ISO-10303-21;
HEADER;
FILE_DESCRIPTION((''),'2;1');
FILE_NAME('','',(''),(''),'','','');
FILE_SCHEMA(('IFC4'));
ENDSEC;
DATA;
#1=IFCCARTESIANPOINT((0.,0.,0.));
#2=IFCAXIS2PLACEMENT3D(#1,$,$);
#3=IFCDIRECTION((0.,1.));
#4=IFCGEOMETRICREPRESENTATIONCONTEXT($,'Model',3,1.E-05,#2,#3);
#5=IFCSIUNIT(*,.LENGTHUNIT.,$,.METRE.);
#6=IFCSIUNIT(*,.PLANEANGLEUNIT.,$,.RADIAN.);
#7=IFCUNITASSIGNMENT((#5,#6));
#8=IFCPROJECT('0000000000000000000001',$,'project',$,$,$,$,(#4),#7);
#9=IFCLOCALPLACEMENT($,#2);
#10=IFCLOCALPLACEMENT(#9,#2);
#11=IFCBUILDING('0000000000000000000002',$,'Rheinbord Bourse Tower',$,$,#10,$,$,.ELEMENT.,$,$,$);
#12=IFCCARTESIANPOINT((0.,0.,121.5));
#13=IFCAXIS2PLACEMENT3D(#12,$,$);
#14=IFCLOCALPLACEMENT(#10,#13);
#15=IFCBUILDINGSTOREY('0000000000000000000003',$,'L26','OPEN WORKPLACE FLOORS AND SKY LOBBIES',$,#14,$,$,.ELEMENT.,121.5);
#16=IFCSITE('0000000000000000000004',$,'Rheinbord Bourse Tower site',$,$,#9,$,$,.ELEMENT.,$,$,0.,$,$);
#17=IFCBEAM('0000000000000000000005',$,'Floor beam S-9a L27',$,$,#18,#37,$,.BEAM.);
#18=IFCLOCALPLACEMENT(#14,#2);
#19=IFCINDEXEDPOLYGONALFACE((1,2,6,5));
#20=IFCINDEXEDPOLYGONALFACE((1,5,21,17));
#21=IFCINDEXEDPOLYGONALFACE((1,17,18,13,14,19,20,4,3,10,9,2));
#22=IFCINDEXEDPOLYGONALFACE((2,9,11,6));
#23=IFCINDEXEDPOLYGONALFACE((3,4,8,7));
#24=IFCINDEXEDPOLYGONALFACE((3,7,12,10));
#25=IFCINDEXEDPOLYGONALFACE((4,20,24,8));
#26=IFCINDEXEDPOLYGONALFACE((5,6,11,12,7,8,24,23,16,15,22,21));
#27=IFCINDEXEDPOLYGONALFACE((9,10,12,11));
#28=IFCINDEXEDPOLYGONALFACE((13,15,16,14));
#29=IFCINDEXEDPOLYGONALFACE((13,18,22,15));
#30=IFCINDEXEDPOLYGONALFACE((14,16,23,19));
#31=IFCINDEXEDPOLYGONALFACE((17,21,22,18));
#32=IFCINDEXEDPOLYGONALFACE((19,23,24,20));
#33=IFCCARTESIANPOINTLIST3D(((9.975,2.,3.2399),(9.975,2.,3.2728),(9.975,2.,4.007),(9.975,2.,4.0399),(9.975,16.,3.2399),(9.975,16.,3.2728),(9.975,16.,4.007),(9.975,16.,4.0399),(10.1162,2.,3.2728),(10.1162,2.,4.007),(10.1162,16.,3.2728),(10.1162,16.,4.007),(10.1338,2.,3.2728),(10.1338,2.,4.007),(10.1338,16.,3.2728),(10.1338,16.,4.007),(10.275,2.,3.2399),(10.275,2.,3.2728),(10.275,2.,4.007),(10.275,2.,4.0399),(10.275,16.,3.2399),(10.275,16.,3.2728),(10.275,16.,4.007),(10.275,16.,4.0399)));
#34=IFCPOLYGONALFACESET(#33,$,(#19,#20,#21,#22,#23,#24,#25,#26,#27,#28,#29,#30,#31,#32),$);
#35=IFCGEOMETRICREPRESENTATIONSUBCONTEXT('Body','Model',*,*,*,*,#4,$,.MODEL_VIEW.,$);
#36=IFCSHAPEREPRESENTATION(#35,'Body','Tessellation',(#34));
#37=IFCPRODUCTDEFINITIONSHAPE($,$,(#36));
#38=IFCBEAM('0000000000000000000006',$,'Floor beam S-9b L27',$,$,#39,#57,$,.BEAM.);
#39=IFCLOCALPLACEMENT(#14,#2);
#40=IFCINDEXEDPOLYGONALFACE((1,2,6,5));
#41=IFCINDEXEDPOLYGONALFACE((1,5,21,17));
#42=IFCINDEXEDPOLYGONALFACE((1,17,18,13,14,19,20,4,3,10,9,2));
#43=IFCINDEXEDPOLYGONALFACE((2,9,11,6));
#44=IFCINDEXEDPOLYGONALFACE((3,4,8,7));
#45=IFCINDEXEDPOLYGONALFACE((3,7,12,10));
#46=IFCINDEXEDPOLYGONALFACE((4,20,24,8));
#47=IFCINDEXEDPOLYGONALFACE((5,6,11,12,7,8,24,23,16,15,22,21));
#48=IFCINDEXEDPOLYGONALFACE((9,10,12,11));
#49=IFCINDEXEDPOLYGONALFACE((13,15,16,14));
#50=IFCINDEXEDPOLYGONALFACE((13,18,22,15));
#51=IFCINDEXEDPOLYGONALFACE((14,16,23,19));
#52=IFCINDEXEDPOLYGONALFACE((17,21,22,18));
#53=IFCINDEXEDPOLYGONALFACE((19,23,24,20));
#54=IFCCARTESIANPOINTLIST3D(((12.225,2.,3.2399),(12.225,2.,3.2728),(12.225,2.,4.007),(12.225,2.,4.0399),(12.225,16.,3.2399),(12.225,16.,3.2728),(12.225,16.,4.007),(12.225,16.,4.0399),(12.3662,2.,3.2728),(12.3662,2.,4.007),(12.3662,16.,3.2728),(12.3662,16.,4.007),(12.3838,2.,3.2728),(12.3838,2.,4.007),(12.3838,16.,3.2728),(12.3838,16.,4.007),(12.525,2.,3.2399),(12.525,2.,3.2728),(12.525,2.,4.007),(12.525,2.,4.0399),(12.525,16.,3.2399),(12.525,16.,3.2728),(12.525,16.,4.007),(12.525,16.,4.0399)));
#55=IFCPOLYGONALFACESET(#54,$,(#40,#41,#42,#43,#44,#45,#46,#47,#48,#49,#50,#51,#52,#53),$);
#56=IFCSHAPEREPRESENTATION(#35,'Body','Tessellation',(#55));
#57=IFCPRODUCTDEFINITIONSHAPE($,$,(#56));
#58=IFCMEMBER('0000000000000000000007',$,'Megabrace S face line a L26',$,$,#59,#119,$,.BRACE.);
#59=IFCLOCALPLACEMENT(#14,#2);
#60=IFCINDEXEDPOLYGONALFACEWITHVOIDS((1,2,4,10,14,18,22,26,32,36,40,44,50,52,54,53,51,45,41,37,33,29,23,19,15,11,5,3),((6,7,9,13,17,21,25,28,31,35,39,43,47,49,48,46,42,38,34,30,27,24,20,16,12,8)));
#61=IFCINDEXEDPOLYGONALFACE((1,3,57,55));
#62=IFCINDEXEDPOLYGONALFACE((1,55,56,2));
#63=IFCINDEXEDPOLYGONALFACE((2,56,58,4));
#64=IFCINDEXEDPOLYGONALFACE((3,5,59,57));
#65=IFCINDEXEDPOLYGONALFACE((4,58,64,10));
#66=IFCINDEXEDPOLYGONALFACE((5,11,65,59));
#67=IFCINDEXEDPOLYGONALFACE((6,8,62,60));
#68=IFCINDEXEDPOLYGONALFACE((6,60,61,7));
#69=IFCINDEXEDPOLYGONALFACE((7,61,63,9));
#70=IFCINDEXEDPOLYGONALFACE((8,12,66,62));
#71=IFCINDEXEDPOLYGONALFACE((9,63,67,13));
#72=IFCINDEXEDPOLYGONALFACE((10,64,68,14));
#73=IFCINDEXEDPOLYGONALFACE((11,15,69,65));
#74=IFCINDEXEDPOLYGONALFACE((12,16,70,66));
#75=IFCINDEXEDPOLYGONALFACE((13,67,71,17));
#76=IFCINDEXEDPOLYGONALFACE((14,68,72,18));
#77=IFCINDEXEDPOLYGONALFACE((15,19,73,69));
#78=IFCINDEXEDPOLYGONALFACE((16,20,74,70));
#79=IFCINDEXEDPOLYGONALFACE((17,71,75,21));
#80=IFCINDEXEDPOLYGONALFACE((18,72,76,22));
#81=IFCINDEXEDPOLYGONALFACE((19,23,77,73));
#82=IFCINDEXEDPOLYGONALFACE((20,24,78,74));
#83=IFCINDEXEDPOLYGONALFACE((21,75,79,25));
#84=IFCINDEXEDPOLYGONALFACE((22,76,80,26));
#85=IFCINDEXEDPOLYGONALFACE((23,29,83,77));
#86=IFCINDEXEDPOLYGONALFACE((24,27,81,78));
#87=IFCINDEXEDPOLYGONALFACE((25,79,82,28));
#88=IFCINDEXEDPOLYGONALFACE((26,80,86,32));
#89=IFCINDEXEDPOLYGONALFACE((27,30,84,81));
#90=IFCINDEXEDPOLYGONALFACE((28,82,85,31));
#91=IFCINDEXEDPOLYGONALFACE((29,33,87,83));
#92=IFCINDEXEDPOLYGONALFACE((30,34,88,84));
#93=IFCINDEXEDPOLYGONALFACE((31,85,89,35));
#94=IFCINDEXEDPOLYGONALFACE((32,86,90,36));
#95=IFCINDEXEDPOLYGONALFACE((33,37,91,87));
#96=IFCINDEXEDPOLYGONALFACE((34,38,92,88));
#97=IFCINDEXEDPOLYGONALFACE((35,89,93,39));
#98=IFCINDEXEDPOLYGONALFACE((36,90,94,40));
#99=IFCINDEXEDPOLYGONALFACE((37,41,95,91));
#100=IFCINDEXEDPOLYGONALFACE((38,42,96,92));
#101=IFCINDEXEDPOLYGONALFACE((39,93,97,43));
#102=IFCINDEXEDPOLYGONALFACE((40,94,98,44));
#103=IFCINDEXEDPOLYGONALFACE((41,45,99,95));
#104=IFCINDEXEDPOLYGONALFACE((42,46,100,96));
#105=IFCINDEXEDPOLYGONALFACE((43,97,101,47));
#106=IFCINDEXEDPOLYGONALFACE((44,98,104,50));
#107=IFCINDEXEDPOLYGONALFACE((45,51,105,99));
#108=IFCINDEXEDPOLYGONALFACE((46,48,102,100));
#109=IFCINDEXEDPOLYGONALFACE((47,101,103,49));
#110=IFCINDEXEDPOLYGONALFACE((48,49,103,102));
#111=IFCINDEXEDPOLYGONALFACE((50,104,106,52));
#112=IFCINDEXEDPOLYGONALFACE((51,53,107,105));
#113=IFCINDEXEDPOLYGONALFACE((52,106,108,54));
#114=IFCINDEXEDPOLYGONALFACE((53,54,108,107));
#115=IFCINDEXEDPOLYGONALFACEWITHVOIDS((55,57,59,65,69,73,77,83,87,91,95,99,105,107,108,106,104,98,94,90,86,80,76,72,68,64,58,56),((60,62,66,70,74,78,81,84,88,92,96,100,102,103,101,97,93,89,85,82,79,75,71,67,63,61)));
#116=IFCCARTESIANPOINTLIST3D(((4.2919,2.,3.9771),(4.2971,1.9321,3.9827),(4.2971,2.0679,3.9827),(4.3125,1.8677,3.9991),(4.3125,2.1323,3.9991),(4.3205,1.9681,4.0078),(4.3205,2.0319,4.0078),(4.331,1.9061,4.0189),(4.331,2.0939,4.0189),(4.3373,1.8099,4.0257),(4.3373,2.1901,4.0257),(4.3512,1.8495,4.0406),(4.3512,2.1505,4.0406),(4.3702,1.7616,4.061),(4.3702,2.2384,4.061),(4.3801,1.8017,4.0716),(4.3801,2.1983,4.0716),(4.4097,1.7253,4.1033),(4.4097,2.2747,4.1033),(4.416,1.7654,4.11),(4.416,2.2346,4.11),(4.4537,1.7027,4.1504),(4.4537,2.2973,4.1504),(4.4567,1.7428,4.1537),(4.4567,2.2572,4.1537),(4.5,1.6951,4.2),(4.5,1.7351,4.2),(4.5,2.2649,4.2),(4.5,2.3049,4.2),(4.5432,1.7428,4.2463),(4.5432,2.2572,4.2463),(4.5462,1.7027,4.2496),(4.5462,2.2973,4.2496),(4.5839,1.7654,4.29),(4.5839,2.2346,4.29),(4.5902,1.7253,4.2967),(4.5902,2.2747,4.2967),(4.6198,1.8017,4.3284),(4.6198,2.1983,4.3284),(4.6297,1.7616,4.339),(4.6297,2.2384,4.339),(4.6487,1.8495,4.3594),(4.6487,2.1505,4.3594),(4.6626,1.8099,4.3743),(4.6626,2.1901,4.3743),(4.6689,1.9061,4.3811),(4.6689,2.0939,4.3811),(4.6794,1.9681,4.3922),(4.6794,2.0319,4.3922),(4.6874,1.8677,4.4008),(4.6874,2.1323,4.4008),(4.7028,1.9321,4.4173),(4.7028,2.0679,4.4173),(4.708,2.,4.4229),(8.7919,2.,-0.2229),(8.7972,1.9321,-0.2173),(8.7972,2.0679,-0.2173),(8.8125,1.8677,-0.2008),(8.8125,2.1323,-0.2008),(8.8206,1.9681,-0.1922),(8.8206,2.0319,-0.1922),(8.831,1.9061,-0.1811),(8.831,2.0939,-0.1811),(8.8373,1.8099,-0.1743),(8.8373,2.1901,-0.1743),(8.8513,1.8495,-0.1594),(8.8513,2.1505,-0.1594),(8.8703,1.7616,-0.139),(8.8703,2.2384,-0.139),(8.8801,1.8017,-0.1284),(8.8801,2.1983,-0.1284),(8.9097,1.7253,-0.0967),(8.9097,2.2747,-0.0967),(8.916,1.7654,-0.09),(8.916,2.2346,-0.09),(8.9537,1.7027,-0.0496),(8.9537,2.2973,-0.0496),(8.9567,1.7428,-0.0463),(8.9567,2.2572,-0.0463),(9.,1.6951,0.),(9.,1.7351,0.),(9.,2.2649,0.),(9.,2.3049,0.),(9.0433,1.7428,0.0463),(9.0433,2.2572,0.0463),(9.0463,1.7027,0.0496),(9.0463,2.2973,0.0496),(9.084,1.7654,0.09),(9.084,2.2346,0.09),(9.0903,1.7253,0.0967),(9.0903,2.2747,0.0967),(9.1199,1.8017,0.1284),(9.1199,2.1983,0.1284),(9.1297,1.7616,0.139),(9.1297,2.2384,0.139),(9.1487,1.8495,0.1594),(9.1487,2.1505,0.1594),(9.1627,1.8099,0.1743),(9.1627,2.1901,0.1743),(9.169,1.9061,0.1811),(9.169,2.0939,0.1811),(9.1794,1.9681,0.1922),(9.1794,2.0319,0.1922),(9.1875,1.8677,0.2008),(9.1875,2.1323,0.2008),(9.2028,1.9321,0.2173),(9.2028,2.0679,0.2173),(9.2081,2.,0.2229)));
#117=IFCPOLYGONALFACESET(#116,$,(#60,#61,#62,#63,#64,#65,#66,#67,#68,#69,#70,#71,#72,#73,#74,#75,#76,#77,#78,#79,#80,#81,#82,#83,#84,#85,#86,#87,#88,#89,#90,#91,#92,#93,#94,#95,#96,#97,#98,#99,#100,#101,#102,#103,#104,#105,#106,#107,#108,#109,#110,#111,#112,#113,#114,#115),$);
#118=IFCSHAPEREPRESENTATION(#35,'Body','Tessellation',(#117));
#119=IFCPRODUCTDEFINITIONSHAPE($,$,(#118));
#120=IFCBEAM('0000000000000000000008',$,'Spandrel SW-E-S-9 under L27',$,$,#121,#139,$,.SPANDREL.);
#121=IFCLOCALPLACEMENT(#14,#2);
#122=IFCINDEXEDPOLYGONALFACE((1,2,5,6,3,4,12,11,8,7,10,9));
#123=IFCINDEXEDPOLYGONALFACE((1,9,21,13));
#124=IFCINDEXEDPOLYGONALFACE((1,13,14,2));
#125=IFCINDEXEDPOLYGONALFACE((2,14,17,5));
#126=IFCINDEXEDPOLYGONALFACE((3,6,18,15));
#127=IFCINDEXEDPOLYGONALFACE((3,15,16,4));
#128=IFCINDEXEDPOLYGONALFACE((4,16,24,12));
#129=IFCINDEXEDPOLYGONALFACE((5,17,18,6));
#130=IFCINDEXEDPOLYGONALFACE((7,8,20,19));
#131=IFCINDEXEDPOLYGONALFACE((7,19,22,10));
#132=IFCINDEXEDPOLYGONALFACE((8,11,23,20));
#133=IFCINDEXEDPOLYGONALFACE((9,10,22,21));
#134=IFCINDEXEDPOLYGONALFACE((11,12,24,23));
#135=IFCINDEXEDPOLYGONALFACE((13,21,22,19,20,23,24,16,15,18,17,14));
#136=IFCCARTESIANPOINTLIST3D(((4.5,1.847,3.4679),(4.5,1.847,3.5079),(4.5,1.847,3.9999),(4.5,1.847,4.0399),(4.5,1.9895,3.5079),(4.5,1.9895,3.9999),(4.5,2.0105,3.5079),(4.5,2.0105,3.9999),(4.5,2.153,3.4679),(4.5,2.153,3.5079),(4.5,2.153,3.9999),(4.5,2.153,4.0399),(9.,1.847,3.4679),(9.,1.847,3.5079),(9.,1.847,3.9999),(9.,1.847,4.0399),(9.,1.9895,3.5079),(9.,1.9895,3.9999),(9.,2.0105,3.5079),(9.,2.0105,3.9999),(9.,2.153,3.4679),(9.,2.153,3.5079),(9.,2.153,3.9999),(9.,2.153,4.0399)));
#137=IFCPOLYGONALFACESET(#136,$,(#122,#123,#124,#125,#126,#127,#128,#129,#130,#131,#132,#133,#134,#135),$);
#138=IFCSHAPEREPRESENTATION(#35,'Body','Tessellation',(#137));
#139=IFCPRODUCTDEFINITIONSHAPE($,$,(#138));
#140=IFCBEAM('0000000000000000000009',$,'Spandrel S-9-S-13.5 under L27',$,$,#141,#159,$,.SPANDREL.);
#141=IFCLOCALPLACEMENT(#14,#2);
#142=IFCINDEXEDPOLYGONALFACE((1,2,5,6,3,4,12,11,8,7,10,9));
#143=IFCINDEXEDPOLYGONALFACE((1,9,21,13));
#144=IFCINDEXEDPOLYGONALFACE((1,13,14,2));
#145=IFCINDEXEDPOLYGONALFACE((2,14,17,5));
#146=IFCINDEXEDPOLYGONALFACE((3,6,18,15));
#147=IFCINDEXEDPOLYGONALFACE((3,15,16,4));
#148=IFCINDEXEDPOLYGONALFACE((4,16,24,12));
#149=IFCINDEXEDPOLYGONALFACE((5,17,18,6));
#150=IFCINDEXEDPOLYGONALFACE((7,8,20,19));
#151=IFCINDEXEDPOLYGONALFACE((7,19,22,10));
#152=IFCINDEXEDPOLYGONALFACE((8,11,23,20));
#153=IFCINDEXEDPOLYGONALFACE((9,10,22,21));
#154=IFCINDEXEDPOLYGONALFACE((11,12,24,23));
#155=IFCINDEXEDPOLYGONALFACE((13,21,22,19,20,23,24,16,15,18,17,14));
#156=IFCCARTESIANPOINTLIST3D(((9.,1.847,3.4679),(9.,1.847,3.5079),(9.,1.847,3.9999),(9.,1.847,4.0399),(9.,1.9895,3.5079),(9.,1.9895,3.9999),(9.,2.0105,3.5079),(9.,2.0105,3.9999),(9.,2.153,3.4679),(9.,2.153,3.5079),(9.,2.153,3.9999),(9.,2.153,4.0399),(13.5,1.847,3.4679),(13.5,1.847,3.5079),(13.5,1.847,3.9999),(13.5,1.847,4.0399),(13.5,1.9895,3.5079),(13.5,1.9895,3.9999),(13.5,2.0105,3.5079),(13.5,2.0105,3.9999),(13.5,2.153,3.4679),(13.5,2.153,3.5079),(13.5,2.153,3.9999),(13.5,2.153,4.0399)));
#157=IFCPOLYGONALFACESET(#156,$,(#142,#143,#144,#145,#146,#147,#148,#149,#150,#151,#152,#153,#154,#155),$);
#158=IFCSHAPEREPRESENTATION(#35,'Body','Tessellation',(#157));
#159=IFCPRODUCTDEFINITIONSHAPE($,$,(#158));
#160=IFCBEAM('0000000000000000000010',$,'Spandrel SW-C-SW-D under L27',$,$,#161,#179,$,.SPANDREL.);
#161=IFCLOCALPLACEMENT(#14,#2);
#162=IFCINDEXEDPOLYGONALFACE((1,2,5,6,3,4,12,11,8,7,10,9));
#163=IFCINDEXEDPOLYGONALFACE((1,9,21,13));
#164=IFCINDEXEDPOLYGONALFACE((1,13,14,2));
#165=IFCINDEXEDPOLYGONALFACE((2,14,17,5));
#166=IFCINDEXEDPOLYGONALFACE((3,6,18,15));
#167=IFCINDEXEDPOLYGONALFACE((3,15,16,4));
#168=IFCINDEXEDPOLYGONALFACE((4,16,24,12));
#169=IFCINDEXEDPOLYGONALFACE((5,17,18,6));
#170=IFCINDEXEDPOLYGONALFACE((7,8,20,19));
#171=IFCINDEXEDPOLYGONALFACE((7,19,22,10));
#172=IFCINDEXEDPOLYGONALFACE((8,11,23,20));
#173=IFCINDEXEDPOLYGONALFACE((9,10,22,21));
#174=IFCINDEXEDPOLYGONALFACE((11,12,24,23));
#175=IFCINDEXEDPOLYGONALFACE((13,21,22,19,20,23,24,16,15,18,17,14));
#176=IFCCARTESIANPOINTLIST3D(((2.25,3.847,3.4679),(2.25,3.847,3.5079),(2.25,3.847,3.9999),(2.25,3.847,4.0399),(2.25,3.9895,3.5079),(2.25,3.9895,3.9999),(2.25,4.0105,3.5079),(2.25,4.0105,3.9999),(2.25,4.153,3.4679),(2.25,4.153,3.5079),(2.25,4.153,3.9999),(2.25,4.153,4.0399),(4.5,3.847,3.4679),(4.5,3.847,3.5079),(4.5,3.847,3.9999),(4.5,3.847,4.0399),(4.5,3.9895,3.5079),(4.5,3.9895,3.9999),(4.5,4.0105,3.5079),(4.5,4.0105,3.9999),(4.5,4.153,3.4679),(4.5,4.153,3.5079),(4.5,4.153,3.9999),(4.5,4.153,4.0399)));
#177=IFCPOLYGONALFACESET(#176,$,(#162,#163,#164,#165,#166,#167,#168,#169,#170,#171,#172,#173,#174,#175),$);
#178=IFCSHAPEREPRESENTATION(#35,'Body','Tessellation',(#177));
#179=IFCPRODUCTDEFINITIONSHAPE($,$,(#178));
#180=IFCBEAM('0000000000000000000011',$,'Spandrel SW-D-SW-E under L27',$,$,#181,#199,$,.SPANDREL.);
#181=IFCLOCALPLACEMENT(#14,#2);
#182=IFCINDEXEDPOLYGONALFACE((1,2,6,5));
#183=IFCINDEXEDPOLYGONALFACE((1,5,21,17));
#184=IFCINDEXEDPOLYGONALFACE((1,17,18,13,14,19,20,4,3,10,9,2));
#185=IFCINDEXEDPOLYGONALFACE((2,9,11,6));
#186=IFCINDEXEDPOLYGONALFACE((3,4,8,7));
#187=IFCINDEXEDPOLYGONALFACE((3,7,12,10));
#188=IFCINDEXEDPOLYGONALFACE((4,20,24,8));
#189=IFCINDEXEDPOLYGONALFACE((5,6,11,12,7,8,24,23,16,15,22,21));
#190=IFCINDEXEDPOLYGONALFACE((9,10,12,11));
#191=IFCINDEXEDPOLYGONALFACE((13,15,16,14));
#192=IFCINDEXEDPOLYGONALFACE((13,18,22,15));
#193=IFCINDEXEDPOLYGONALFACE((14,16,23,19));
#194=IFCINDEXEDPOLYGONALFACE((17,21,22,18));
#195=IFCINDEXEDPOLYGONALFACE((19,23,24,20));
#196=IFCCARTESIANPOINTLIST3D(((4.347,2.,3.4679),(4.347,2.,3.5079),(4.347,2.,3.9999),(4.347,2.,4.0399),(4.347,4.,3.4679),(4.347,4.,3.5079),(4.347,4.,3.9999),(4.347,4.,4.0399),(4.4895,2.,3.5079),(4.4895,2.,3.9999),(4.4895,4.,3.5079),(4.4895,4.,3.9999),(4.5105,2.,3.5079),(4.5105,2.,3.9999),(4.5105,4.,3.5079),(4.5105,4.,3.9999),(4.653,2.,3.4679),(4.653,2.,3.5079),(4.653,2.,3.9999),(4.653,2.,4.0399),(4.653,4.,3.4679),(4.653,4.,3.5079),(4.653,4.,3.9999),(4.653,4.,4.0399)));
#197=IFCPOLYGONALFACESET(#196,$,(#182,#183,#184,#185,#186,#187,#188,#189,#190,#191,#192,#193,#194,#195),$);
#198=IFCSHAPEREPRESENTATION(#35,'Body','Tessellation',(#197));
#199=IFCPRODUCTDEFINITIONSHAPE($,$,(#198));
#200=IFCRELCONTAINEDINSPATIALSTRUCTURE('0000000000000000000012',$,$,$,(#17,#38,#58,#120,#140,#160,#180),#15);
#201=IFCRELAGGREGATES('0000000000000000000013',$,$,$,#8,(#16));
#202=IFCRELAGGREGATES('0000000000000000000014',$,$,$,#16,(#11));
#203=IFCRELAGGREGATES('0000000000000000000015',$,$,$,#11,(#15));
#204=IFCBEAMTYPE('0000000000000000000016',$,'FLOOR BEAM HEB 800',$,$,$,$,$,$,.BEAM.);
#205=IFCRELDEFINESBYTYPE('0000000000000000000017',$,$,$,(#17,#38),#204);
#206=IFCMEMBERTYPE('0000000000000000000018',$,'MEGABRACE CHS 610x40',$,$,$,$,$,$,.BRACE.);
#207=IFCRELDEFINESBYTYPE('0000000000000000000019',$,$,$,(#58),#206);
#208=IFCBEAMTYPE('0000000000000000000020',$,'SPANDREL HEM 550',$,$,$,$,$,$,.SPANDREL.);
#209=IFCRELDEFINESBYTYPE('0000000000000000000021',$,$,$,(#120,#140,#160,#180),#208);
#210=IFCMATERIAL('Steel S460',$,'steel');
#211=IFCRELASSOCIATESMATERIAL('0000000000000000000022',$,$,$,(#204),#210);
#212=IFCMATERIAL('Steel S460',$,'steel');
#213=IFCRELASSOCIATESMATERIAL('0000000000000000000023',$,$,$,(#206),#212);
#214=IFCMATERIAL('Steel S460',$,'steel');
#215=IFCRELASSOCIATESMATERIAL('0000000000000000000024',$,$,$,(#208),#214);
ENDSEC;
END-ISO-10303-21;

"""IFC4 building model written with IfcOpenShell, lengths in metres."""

from ifc_helpers import new_model, si_unit, direction, frame, origin, origin_2d, place, context, subcontext, project, spatial, hollow_circle, i_section, extrude, material, material_profile, profile_set, type_object, element, save


model = new_model("IFC4")

# Units and contexts
model_context = context("Model", 3, precision=1e-05, world=origin(), true_north=direction((0.0, 1.0)))
body_context = subcontext(model_context, "Body", "Model", "MODEL_VIEW")
ifc_project = project(units=[si_unit("LENGTHUNIT", "METRE"), si_unit("PLANEANGLEUNIT", "RADIAN")], contexts=[model_context])

# Site, building, storey
site_placement = place(None, origin())
site = spatial("IfcSite", under=ifc_project, at=site_placement, Name="Rheinbord Bourse Tower site", CompositionType="ELEMENT", RefElevation=0.0)
building_placement = place(site_placement, origin())
building = spatial("IfcBuilding", under=site, at=building_placement, Name="Rheinbord Bourse Tower", CompositionType="ELEMENT")
storey_placement = place(building_placement, frame((0.0, 0.0, 121.5)))
storey = spatial("IfcBuildingStorey", under=building, at=storey_placement, Name="L26", Description="OPEN WORKPLACE FLOORS AND SKY LOBBIES", CompositionType="ELEMENT", Elevation=121.5)

# Beams
ifc_material_1 = material(Name="Steel S460", Category="steel")
ifc_material_profile_1 = material_profile(ifc_material_1, i_section(OverallWidth=0.3, OverallDepth=0.8, WebThickness=0.0176, FlangeThickness=0.033, at=origin_2d()), Name="HEB 800")
ifc_profile_set_1 = profile_set([ifc_material_profile_1], Name="Steel S460")
beam_type_1 = type_object("IfcBeamType", Name="FLOOR BEAM HEB 800", PredefinedType="BEAM", material=ifc_profile_set_1)
for number, where, z_axis, x_axis, name in (
    (1, (10.125, 2.0, 3.6399), (0.0, 1.0, 0.0), (-1.0, 0.0, 0.0), "Floor beam S-9a L27"),
    (2, (12.375, 2.0, 3.6399), (0.0, 1.0, 0.0), (-1.0, 0.0, 0.0), "Floor beam S-9b L27"),
):
    element("IfcBeam", number, at=place(storey_placement, frame(where, z_axis=z_axis, x_axis=x_axis)), inside=storey, type_object=beam_type_1, Name=name, PredefinedType="BEAM", context=body_context, shape_type="SweptSolid", body=[
        extrude(i_section(OverallWidth=0.3, OverallDepth=0.8, WebThickness=0.0176, FlangeThickness=0.033, at=origin_2d()), origin(), (0.0, 0.0, 1.0), 14.0),
    ])

# Member
ifc_material_2 = material(Name="Steel S460", Category="steel")
ifc_material_profile_2 = material_profile(ifc_material_2, hollow_circle(Radius=0.3049, WallThickness=0.04, at=origin_2d()), Name="CHS 610x40")
ifc_profile_set_2 = profile_set([ifc_material_profile_2], Name="Steel S460")
member_type_1 = type_object("IfcMemberType", Name="MEGABRACE CHS 610x40", PredefinedType="BRACE", material=ifc_profile_set_2)
member_1_placement = place(storey_placement, frame((9.0, 2.0, 0.0), z_axis=(-0.731059, 0.0, 0.682314), x_axis=(0.0, -1.0, 0.0)))
element("IfcMember", 3, at=member_1_placement, inside=storey, type_object=member_type_1, Name="Megabrace S face line a L26", PredefinedType="BRACE", context=body_context, shape_type="SweptSolid", body=[
    extrude(hollow_circle(Radius=0.3049, WallThickness=0.04, at=origin_2d()), origin(), (0.0, 0.0, 1.0), 6.1555),
])

# Beams
ifc_material_3 = material(Name="Steel S460", Category="steel")
ifc_material_profile_3 = material_profile(ifc_material_3, i_section(OverallWidth=0.3059, OverallDepth=0.572, WebThickness=0.021, FlangeThickness=0.04, at=origin_2d()), Name="HEM 550")
ifc_profile_set_3 = profile_set([ifc_material_profile_3], Name="Steel S460")
beam_type_2 = type_object("IfcBeamType", Name="SPANDREL HEM 550", PredefinedType="SPANDREL", material=ifc_profile_set_3)
for number, where, z_axis, x_axis, name in (
    (4, (4.5, 2.0, 3.7539), (1.0, 0.0, 0.0), (0.0, 1.0, 0.0), "Spandrel SW-E-S-9 under L27"),
    (5, (9.0, 2.0, 3.7539), (1.0, 0.0, 0.0), (0.0, 1.0, 0.0), "Spandrel S-9-S-13.5 under L27"),
):
    element("IfcBeam", number, at=place(storey_placement, frame(where, z_axis=z_axis, x_axis=x_axis)), inside=storey, type_object=beam_type_2, Name=name, PredefinedType="SPANDREL", context=body_context, shape_type="SweptSolid", body=[
        extrude(i_section(OverallWidth=0.3059, OverallDepth=0.572, WebThickness=0.021, FlangeThickness=0.04, at=origin_2d()), origin(), (0.0, 0.0, 1.0), 4.5),
    ])
beam_1_placement = place(storey_placement, frame((2.25, 4.0, 3.7539), z_axis=(1.0, 0.0, 0.0), x_axis=(0.0, 1.0, 0.0)))
element("IfcBeam", 6, at=beam_1_placement, inside=storey, type_object=beam_type_2, Name="Spandrel SW-C-SW-D under L27", PredefinedType="SPANDREL", context=body_context, shape_type="SweptSolid", body=[
    extrude(i_section(OverallWidth=0.3059, OverallDepth=0.572, WebThickness=0.021, FlangeThickness=0.04, at=origin_2d()), origin(), (0.0, 0.0, 1.0), 2.25),
])
beam_2_placement = place(storey_placement, frame((4.5, 4.0, 3.7539), z_axis=(0.0, -1.0, 0.0), x_axis=(1.0, 0.0, 0.0)))
element("IfcBeam", 7, at=beam_2_placement, inside=storey, type_object=beam_type_2, Name="Spandrel SW-D-SW-E under L27", PredefinedType="SPANDREL", context=body_context, shape_type="SweptSolid", body=[
    extrude(i_section(OverallWidth=0.3059, OverallDepth=0.572, WebThickness=0.021, FlangeThickness=0.04, at=origin_2d()), origin(), (0.0, 0.0, 1.0), 2.0),
])

save(model, "model.ifc")
